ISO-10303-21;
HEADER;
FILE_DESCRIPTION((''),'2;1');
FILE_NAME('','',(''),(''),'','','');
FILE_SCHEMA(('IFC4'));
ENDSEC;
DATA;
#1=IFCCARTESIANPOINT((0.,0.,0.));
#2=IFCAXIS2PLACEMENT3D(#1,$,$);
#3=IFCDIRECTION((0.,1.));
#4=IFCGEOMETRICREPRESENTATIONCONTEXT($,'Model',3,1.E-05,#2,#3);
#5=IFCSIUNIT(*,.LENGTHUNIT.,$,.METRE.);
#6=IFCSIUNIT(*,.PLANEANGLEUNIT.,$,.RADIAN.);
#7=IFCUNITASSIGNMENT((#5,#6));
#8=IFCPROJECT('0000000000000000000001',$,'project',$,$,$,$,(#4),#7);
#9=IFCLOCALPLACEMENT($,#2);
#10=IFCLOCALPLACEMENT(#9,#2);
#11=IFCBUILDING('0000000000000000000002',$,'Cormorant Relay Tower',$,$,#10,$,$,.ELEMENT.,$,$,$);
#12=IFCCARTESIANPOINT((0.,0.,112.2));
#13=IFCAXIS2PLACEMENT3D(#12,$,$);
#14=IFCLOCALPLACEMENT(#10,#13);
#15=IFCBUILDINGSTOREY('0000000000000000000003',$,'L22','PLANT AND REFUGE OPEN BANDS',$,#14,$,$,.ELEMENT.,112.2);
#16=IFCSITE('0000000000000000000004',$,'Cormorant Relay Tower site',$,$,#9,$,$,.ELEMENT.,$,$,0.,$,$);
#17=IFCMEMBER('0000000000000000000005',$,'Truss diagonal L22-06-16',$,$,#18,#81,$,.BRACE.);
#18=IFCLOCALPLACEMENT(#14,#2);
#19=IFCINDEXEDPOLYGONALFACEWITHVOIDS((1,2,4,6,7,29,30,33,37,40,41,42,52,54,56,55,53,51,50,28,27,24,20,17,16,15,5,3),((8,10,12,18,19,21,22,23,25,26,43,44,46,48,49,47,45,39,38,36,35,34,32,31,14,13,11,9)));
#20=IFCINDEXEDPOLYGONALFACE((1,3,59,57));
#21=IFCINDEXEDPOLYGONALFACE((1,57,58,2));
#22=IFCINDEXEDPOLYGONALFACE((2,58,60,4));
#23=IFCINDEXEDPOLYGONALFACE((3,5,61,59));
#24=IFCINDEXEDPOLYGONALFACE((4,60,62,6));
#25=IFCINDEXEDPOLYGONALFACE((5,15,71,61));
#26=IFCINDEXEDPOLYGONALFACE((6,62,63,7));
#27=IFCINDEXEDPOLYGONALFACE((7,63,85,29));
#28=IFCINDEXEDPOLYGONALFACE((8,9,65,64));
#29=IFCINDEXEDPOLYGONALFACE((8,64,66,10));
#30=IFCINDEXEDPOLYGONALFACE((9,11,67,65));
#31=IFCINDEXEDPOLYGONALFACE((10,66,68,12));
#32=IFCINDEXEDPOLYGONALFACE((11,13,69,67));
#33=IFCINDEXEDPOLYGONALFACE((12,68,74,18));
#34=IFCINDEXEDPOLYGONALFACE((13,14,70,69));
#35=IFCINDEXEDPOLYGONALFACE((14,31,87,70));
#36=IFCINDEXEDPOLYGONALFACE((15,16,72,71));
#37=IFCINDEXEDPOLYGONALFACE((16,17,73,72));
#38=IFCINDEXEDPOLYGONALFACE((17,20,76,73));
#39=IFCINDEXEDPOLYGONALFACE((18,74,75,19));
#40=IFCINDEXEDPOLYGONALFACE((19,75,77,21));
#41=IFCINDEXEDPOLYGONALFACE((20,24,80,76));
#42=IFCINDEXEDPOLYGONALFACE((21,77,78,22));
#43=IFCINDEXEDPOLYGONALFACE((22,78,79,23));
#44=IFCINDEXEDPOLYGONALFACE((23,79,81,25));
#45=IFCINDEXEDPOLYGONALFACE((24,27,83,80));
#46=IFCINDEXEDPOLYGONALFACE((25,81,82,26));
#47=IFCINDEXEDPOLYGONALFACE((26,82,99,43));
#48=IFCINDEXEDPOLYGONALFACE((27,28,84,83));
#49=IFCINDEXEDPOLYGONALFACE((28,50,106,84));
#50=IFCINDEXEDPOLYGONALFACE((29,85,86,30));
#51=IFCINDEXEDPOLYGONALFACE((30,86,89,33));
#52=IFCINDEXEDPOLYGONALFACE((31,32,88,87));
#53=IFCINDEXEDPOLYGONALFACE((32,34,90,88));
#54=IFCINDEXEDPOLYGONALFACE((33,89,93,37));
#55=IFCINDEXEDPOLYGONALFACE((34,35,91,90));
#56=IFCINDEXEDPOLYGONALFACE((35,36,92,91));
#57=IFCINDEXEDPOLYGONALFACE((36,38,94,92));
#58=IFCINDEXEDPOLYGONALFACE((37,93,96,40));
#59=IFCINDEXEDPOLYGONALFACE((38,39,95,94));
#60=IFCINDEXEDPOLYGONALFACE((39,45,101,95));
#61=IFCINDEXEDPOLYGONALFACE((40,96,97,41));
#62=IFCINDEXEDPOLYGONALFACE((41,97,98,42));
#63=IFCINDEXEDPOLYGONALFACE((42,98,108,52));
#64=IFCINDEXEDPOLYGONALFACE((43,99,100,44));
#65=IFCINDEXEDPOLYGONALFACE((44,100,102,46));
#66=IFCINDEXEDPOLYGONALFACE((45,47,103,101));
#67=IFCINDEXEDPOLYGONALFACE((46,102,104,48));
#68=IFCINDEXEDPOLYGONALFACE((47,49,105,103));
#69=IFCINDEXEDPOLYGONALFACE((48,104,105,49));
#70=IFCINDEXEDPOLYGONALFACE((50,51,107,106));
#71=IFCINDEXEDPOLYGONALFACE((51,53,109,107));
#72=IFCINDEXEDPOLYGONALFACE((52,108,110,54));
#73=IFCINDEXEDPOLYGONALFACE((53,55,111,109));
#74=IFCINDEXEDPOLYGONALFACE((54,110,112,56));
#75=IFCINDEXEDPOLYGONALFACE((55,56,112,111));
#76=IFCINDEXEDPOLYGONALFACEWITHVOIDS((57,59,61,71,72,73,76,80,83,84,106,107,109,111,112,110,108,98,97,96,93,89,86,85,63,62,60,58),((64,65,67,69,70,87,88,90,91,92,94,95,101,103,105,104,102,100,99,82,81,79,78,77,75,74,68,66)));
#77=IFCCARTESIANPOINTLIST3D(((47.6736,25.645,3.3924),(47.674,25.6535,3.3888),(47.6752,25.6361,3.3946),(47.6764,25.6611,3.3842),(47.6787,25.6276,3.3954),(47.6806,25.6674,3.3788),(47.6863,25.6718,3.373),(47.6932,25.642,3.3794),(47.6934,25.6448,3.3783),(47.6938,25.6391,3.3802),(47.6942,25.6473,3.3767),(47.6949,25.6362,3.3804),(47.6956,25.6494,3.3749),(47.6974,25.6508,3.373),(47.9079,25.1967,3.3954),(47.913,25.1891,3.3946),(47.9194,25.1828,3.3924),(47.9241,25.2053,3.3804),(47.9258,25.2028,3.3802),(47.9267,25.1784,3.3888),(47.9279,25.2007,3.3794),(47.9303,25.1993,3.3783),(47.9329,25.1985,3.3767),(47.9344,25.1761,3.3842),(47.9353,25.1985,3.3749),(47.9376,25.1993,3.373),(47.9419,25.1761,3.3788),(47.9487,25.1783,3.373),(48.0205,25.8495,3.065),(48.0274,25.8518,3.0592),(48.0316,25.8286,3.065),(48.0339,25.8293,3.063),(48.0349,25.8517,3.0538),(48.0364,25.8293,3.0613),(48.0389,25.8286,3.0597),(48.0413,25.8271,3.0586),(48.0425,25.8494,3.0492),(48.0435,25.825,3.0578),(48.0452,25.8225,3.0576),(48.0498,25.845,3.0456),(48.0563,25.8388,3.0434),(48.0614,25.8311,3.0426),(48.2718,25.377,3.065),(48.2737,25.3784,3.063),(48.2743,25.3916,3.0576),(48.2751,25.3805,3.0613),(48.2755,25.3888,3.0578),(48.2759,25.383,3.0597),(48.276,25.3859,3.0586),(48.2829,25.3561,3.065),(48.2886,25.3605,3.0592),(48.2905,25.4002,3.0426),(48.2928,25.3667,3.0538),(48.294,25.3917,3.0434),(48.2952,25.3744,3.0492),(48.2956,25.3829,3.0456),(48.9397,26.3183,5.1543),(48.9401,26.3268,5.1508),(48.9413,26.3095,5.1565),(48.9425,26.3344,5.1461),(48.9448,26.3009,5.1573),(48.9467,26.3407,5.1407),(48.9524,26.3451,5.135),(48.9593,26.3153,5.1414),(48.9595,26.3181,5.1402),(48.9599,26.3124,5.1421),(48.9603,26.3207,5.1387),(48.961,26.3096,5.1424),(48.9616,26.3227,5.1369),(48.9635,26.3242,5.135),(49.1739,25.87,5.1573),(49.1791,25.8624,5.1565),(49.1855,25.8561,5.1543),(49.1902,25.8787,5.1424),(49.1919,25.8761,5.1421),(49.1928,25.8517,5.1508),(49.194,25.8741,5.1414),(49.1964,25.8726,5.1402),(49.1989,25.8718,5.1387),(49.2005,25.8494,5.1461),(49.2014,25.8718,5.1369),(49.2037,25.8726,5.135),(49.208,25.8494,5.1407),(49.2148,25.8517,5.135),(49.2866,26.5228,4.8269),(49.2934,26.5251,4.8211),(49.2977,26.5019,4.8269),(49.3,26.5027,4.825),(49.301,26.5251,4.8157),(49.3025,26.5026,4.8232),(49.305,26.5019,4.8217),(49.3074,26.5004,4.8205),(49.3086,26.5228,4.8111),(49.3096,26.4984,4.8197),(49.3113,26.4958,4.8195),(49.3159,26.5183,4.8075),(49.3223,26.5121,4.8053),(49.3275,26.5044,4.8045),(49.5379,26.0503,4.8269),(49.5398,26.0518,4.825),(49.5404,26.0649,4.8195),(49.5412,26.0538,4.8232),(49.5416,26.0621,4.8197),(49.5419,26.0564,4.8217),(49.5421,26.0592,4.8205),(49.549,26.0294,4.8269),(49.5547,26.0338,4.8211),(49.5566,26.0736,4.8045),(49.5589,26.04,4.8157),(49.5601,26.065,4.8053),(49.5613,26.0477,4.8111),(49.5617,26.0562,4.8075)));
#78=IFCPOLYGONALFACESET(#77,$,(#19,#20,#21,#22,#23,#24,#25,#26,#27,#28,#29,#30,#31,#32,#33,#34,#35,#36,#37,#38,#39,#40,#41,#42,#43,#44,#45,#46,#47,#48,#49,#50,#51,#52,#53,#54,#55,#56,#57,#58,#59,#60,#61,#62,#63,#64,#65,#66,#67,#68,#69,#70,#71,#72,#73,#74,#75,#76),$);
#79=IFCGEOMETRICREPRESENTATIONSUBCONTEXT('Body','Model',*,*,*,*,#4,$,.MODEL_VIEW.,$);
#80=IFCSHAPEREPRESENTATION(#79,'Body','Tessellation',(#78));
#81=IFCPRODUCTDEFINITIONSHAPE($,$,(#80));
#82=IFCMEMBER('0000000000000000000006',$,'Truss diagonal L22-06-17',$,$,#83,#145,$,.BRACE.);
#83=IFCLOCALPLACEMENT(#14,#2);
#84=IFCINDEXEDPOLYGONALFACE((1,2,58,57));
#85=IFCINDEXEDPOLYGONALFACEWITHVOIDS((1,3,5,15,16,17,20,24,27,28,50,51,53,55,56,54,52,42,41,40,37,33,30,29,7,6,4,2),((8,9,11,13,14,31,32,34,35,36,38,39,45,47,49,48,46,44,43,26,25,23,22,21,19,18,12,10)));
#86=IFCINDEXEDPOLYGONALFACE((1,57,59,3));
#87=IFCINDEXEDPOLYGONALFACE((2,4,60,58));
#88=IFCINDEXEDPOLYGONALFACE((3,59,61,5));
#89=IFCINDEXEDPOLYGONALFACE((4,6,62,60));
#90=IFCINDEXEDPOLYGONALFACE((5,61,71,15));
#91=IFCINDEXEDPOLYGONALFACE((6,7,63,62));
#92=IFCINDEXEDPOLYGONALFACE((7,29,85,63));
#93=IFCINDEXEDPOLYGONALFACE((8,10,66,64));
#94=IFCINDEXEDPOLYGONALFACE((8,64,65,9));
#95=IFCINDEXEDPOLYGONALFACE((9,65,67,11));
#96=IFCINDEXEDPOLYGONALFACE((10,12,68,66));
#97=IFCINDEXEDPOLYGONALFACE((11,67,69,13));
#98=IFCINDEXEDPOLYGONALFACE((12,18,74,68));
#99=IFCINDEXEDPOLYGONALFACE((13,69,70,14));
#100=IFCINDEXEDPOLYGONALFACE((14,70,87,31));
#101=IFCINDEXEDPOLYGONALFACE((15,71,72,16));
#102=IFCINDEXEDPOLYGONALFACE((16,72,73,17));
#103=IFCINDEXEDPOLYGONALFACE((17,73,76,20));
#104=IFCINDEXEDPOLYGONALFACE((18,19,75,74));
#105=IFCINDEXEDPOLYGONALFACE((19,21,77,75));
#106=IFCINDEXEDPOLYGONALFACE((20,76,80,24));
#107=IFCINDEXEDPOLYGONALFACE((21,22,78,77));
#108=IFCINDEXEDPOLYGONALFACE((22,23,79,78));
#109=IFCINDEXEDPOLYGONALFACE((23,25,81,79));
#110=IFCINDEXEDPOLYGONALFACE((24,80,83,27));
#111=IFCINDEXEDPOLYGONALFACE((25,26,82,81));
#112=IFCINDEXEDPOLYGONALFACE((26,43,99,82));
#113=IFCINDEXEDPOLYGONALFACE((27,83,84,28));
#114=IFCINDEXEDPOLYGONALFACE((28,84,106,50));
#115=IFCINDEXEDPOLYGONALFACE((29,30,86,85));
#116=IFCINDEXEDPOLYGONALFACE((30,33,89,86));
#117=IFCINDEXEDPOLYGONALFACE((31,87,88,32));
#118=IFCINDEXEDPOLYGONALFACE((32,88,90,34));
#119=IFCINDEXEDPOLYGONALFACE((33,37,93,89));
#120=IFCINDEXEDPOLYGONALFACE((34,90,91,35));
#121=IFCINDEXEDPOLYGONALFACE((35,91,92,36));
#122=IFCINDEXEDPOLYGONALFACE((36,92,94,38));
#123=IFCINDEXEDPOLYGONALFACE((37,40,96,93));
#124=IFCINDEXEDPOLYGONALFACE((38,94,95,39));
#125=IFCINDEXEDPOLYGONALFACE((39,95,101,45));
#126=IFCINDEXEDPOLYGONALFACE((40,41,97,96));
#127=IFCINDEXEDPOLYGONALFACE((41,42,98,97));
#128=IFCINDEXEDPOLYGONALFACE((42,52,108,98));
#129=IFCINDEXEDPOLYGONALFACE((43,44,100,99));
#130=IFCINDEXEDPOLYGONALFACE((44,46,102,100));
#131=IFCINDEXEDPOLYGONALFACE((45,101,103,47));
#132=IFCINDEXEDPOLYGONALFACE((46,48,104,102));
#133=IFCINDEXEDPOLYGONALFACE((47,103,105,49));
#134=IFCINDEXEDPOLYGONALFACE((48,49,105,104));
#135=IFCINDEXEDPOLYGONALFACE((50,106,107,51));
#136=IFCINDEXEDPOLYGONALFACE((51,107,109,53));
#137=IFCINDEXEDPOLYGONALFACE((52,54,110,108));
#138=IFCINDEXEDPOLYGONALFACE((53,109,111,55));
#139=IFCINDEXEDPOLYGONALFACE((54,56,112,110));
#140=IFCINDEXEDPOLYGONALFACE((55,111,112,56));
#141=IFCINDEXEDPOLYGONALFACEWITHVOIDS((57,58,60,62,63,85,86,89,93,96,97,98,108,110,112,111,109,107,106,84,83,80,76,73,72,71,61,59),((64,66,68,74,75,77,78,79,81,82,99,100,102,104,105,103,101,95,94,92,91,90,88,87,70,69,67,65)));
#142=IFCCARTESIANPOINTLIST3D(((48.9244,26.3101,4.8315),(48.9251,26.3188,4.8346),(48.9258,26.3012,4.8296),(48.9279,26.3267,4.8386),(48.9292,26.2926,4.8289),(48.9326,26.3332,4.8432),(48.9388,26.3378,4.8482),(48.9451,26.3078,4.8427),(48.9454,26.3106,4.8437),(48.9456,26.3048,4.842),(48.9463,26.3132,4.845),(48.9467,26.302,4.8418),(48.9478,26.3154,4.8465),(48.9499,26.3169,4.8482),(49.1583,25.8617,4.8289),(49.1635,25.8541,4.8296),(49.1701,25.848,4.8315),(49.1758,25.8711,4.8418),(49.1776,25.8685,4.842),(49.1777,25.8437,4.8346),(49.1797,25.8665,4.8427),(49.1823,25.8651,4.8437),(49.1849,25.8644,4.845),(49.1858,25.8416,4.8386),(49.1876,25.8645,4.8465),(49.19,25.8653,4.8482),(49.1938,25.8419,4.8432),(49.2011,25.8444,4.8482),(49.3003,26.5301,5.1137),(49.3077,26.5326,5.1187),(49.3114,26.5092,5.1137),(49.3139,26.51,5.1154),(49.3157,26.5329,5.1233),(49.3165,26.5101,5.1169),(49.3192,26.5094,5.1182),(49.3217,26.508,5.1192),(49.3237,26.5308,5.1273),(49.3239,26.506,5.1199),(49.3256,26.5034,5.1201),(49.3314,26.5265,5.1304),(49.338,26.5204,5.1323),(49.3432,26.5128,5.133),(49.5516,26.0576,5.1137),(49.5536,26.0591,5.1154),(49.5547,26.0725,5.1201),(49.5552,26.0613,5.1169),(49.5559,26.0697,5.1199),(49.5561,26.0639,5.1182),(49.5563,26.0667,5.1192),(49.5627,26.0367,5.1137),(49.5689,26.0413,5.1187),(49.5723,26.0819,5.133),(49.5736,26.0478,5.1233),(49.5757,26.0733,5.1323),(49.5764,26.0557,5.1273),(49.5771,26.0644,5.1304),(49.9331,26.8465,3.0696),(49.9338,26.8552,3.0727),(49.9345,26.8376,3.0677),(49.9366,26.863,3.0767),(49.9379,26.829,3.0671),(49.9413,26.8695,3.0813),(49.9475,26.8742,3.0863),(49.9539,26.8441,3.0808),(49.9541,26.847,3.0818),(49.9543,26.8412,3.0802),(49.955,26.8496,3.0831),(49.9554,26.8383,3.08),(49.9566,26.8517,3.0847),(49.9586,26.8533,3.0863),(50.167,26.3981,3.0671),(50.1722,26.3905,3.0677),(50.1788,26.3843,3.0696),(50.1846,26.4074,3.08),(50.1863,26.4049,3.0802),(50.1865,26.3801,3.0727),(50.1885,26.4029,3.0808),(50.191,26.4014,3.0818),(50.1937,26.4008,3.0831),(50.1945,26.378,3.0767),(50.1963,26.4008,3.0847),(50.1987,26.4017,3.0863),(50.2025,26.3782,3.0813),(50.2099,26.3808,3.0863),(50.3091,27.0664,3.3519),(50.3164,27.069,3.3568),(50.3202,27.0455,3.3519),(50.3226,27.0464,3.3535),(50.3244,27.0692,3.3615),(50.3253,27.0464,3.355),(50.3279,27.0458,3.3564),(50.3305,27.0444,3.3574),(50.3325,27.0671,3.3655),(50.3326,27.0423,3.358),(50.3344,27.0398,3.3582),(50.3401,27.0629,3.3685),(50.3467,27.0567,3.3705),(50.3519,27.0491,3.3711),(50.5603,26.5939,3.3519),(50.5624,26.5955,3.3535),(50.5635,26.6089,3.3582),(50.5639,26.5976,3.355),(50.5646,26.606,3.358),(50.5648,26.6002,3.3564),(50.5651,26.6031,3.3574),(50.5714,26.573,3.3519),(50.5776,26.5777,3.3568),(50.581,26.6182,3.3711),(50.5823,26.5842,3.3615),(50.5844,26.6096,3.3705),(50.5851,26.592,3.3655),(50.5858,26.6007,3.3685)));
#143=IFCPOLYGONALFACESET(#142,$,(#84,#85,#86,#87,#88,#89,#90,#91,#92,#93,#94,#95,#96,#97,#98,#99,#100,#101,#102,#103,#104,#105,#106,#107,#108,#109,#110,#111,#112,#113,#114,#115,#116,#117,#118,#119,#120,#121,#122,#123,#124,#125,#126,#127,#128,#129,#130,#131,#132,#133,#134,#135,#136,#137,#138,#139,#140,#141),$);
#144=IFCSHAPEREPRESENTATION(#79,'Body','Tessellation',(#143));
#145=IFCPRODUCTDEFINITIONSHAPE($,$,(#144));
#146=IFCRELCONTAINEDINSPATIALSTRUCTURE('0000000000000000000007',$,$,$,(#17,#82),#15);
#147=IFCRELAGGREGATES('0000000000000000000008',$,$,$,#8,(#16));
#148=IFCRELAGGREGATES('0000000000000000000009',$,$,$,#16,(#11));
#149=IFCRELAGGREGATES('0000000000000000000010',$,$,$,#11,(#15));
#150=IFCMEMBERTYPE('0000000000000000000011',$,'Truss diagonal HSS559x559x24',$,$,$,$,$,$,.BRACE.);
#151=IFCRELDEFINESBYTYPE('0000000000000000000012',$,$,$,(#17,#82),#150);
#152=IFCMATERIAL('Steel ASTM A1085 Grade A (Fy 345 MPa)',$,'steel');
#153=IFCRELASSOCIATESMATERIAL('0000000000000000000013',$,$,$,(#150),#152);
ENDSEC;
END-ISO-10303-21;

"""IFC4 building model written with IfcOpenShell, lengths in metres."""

from ifc_helpers import new_model, si_unit, direction, frame, origin, origin_2d, place, context, subcontext, project, spatial, hollow_rectangle, extrude, material, material_profile, profile_set, type_object, element, save


model = new_model("IFC4")

# Units and contexts
model_context = context("Model", 3, precision=1e-05, world=origin(), true_north=direction((0.0, 1.0)))
body_context = subcontext(model_context, "Body", "Model", "MODEL_VIEW")
ifc_project = project(units=[si_unit("LENGTHUNIT", "METRE"), si_unit("PLANEANGLEUNIT", "RADIAN")], contexts=[model_context])

# Site, building, storey
site_placement = place(None, origin())
site = spatial("IfcSite", under=ifc_project, at=site_placement, Name="Cormorant Relay Tower site", CompositionType="ELEMENT", RefElevation=0.0)
building_placement = place(site_placement, origin())
building = spatial("IfcBuilding", under=site, at=building_placement, Name="Cormorant Relay Tower", CompositionType="ELEMENT")
storey_placement = place(building_placement, frame((0.0, 0.0, 112.2)))
storey = spatial("IfcBuildingStorey", under=building, at=storey_placement, Name="L22", Description="PLANT AND REFUGE OPEN BANDS", CompositionType="ELEMENT", Elevation=112.2)

# Members
ifc_material_1 = material(Name="Steel ASTM A1085 Grade A (Fy 345 MPa)", Category="steel")
ifc_material_profile_1 = material_profile(ifc_material_1, hollow_rectangle(XDim=0.5588, YDim=0.5588, WallThickness=0.0237, InnerFilletRadius=0.0117, OuterFilletRadius=0.0354, at=origin_2d()), Name="HSS559x559x24")
ifc_profile_set_1 = profile_set([ifc_material_profile_1], Name="Steel ASTM A1085 Grade A (Fy 345 MPa)")
member_type_1 = type_object("IfcMemberType", Name="Truss diagonal HSS559x559x24", PredefinedType="BRACE", material=ifc_profile_set_1)
for number, where, z_axis, x_axis, name in (
    (1, (47.9846, 25.5139, 3.219), (0.557324, 0.296394, 0.77559), (-0.469545, 0.882908, 0.0), "Truss diagonal L22-06-16"),
):
    element("IfcMember", number, at=place(storey_placement, frame(where, z_axis=z_axis, x_axis=x_axis)), inside=storey, type_object=member_type_1, Name=name, PredefinedType="BRACE", context=body_context, shape_type="SweptSolid", body=[
        extrude(hollow_rectangle(XDim=0.5588, YDim=0.5588, WallThickness=0.0237, InnerFilletRadius=0.0117, OuterFilletRadius=0.0354, at=origin_2d()), origin(), (0.0, 0.0, 1.0), 2.2717),
    ])
for number, where, z_axis, x_axis, name in (
    (2, (49.2507, 26.1873, 4.981), (0.480383, 0.255421, -0.839042), (-0.469468, 0.88295, 0.0), "Truss diagonal L22-06-17"),
):
    element("IfcMember", number, at=place(storey_placement, frame(where, z_axis=z_axis, x_axis=x_axis)), inside=storey, type_object=member_type_1, Name=name, PredefinedType="BRACE", context=body_context, shape_type="SweptSolid", body=[
        extrude(hollow_rectangle(XDim=0.5588, YDim=0.5588, WallThickness=0.0237, InnerFilletRadius=0.0117, OuterFilletRadius=0.0354, at=origin_2d()), origin(), (0.0, 0.0, 1.0), 2.0999),
    ])

save(model, "model.ifc")
